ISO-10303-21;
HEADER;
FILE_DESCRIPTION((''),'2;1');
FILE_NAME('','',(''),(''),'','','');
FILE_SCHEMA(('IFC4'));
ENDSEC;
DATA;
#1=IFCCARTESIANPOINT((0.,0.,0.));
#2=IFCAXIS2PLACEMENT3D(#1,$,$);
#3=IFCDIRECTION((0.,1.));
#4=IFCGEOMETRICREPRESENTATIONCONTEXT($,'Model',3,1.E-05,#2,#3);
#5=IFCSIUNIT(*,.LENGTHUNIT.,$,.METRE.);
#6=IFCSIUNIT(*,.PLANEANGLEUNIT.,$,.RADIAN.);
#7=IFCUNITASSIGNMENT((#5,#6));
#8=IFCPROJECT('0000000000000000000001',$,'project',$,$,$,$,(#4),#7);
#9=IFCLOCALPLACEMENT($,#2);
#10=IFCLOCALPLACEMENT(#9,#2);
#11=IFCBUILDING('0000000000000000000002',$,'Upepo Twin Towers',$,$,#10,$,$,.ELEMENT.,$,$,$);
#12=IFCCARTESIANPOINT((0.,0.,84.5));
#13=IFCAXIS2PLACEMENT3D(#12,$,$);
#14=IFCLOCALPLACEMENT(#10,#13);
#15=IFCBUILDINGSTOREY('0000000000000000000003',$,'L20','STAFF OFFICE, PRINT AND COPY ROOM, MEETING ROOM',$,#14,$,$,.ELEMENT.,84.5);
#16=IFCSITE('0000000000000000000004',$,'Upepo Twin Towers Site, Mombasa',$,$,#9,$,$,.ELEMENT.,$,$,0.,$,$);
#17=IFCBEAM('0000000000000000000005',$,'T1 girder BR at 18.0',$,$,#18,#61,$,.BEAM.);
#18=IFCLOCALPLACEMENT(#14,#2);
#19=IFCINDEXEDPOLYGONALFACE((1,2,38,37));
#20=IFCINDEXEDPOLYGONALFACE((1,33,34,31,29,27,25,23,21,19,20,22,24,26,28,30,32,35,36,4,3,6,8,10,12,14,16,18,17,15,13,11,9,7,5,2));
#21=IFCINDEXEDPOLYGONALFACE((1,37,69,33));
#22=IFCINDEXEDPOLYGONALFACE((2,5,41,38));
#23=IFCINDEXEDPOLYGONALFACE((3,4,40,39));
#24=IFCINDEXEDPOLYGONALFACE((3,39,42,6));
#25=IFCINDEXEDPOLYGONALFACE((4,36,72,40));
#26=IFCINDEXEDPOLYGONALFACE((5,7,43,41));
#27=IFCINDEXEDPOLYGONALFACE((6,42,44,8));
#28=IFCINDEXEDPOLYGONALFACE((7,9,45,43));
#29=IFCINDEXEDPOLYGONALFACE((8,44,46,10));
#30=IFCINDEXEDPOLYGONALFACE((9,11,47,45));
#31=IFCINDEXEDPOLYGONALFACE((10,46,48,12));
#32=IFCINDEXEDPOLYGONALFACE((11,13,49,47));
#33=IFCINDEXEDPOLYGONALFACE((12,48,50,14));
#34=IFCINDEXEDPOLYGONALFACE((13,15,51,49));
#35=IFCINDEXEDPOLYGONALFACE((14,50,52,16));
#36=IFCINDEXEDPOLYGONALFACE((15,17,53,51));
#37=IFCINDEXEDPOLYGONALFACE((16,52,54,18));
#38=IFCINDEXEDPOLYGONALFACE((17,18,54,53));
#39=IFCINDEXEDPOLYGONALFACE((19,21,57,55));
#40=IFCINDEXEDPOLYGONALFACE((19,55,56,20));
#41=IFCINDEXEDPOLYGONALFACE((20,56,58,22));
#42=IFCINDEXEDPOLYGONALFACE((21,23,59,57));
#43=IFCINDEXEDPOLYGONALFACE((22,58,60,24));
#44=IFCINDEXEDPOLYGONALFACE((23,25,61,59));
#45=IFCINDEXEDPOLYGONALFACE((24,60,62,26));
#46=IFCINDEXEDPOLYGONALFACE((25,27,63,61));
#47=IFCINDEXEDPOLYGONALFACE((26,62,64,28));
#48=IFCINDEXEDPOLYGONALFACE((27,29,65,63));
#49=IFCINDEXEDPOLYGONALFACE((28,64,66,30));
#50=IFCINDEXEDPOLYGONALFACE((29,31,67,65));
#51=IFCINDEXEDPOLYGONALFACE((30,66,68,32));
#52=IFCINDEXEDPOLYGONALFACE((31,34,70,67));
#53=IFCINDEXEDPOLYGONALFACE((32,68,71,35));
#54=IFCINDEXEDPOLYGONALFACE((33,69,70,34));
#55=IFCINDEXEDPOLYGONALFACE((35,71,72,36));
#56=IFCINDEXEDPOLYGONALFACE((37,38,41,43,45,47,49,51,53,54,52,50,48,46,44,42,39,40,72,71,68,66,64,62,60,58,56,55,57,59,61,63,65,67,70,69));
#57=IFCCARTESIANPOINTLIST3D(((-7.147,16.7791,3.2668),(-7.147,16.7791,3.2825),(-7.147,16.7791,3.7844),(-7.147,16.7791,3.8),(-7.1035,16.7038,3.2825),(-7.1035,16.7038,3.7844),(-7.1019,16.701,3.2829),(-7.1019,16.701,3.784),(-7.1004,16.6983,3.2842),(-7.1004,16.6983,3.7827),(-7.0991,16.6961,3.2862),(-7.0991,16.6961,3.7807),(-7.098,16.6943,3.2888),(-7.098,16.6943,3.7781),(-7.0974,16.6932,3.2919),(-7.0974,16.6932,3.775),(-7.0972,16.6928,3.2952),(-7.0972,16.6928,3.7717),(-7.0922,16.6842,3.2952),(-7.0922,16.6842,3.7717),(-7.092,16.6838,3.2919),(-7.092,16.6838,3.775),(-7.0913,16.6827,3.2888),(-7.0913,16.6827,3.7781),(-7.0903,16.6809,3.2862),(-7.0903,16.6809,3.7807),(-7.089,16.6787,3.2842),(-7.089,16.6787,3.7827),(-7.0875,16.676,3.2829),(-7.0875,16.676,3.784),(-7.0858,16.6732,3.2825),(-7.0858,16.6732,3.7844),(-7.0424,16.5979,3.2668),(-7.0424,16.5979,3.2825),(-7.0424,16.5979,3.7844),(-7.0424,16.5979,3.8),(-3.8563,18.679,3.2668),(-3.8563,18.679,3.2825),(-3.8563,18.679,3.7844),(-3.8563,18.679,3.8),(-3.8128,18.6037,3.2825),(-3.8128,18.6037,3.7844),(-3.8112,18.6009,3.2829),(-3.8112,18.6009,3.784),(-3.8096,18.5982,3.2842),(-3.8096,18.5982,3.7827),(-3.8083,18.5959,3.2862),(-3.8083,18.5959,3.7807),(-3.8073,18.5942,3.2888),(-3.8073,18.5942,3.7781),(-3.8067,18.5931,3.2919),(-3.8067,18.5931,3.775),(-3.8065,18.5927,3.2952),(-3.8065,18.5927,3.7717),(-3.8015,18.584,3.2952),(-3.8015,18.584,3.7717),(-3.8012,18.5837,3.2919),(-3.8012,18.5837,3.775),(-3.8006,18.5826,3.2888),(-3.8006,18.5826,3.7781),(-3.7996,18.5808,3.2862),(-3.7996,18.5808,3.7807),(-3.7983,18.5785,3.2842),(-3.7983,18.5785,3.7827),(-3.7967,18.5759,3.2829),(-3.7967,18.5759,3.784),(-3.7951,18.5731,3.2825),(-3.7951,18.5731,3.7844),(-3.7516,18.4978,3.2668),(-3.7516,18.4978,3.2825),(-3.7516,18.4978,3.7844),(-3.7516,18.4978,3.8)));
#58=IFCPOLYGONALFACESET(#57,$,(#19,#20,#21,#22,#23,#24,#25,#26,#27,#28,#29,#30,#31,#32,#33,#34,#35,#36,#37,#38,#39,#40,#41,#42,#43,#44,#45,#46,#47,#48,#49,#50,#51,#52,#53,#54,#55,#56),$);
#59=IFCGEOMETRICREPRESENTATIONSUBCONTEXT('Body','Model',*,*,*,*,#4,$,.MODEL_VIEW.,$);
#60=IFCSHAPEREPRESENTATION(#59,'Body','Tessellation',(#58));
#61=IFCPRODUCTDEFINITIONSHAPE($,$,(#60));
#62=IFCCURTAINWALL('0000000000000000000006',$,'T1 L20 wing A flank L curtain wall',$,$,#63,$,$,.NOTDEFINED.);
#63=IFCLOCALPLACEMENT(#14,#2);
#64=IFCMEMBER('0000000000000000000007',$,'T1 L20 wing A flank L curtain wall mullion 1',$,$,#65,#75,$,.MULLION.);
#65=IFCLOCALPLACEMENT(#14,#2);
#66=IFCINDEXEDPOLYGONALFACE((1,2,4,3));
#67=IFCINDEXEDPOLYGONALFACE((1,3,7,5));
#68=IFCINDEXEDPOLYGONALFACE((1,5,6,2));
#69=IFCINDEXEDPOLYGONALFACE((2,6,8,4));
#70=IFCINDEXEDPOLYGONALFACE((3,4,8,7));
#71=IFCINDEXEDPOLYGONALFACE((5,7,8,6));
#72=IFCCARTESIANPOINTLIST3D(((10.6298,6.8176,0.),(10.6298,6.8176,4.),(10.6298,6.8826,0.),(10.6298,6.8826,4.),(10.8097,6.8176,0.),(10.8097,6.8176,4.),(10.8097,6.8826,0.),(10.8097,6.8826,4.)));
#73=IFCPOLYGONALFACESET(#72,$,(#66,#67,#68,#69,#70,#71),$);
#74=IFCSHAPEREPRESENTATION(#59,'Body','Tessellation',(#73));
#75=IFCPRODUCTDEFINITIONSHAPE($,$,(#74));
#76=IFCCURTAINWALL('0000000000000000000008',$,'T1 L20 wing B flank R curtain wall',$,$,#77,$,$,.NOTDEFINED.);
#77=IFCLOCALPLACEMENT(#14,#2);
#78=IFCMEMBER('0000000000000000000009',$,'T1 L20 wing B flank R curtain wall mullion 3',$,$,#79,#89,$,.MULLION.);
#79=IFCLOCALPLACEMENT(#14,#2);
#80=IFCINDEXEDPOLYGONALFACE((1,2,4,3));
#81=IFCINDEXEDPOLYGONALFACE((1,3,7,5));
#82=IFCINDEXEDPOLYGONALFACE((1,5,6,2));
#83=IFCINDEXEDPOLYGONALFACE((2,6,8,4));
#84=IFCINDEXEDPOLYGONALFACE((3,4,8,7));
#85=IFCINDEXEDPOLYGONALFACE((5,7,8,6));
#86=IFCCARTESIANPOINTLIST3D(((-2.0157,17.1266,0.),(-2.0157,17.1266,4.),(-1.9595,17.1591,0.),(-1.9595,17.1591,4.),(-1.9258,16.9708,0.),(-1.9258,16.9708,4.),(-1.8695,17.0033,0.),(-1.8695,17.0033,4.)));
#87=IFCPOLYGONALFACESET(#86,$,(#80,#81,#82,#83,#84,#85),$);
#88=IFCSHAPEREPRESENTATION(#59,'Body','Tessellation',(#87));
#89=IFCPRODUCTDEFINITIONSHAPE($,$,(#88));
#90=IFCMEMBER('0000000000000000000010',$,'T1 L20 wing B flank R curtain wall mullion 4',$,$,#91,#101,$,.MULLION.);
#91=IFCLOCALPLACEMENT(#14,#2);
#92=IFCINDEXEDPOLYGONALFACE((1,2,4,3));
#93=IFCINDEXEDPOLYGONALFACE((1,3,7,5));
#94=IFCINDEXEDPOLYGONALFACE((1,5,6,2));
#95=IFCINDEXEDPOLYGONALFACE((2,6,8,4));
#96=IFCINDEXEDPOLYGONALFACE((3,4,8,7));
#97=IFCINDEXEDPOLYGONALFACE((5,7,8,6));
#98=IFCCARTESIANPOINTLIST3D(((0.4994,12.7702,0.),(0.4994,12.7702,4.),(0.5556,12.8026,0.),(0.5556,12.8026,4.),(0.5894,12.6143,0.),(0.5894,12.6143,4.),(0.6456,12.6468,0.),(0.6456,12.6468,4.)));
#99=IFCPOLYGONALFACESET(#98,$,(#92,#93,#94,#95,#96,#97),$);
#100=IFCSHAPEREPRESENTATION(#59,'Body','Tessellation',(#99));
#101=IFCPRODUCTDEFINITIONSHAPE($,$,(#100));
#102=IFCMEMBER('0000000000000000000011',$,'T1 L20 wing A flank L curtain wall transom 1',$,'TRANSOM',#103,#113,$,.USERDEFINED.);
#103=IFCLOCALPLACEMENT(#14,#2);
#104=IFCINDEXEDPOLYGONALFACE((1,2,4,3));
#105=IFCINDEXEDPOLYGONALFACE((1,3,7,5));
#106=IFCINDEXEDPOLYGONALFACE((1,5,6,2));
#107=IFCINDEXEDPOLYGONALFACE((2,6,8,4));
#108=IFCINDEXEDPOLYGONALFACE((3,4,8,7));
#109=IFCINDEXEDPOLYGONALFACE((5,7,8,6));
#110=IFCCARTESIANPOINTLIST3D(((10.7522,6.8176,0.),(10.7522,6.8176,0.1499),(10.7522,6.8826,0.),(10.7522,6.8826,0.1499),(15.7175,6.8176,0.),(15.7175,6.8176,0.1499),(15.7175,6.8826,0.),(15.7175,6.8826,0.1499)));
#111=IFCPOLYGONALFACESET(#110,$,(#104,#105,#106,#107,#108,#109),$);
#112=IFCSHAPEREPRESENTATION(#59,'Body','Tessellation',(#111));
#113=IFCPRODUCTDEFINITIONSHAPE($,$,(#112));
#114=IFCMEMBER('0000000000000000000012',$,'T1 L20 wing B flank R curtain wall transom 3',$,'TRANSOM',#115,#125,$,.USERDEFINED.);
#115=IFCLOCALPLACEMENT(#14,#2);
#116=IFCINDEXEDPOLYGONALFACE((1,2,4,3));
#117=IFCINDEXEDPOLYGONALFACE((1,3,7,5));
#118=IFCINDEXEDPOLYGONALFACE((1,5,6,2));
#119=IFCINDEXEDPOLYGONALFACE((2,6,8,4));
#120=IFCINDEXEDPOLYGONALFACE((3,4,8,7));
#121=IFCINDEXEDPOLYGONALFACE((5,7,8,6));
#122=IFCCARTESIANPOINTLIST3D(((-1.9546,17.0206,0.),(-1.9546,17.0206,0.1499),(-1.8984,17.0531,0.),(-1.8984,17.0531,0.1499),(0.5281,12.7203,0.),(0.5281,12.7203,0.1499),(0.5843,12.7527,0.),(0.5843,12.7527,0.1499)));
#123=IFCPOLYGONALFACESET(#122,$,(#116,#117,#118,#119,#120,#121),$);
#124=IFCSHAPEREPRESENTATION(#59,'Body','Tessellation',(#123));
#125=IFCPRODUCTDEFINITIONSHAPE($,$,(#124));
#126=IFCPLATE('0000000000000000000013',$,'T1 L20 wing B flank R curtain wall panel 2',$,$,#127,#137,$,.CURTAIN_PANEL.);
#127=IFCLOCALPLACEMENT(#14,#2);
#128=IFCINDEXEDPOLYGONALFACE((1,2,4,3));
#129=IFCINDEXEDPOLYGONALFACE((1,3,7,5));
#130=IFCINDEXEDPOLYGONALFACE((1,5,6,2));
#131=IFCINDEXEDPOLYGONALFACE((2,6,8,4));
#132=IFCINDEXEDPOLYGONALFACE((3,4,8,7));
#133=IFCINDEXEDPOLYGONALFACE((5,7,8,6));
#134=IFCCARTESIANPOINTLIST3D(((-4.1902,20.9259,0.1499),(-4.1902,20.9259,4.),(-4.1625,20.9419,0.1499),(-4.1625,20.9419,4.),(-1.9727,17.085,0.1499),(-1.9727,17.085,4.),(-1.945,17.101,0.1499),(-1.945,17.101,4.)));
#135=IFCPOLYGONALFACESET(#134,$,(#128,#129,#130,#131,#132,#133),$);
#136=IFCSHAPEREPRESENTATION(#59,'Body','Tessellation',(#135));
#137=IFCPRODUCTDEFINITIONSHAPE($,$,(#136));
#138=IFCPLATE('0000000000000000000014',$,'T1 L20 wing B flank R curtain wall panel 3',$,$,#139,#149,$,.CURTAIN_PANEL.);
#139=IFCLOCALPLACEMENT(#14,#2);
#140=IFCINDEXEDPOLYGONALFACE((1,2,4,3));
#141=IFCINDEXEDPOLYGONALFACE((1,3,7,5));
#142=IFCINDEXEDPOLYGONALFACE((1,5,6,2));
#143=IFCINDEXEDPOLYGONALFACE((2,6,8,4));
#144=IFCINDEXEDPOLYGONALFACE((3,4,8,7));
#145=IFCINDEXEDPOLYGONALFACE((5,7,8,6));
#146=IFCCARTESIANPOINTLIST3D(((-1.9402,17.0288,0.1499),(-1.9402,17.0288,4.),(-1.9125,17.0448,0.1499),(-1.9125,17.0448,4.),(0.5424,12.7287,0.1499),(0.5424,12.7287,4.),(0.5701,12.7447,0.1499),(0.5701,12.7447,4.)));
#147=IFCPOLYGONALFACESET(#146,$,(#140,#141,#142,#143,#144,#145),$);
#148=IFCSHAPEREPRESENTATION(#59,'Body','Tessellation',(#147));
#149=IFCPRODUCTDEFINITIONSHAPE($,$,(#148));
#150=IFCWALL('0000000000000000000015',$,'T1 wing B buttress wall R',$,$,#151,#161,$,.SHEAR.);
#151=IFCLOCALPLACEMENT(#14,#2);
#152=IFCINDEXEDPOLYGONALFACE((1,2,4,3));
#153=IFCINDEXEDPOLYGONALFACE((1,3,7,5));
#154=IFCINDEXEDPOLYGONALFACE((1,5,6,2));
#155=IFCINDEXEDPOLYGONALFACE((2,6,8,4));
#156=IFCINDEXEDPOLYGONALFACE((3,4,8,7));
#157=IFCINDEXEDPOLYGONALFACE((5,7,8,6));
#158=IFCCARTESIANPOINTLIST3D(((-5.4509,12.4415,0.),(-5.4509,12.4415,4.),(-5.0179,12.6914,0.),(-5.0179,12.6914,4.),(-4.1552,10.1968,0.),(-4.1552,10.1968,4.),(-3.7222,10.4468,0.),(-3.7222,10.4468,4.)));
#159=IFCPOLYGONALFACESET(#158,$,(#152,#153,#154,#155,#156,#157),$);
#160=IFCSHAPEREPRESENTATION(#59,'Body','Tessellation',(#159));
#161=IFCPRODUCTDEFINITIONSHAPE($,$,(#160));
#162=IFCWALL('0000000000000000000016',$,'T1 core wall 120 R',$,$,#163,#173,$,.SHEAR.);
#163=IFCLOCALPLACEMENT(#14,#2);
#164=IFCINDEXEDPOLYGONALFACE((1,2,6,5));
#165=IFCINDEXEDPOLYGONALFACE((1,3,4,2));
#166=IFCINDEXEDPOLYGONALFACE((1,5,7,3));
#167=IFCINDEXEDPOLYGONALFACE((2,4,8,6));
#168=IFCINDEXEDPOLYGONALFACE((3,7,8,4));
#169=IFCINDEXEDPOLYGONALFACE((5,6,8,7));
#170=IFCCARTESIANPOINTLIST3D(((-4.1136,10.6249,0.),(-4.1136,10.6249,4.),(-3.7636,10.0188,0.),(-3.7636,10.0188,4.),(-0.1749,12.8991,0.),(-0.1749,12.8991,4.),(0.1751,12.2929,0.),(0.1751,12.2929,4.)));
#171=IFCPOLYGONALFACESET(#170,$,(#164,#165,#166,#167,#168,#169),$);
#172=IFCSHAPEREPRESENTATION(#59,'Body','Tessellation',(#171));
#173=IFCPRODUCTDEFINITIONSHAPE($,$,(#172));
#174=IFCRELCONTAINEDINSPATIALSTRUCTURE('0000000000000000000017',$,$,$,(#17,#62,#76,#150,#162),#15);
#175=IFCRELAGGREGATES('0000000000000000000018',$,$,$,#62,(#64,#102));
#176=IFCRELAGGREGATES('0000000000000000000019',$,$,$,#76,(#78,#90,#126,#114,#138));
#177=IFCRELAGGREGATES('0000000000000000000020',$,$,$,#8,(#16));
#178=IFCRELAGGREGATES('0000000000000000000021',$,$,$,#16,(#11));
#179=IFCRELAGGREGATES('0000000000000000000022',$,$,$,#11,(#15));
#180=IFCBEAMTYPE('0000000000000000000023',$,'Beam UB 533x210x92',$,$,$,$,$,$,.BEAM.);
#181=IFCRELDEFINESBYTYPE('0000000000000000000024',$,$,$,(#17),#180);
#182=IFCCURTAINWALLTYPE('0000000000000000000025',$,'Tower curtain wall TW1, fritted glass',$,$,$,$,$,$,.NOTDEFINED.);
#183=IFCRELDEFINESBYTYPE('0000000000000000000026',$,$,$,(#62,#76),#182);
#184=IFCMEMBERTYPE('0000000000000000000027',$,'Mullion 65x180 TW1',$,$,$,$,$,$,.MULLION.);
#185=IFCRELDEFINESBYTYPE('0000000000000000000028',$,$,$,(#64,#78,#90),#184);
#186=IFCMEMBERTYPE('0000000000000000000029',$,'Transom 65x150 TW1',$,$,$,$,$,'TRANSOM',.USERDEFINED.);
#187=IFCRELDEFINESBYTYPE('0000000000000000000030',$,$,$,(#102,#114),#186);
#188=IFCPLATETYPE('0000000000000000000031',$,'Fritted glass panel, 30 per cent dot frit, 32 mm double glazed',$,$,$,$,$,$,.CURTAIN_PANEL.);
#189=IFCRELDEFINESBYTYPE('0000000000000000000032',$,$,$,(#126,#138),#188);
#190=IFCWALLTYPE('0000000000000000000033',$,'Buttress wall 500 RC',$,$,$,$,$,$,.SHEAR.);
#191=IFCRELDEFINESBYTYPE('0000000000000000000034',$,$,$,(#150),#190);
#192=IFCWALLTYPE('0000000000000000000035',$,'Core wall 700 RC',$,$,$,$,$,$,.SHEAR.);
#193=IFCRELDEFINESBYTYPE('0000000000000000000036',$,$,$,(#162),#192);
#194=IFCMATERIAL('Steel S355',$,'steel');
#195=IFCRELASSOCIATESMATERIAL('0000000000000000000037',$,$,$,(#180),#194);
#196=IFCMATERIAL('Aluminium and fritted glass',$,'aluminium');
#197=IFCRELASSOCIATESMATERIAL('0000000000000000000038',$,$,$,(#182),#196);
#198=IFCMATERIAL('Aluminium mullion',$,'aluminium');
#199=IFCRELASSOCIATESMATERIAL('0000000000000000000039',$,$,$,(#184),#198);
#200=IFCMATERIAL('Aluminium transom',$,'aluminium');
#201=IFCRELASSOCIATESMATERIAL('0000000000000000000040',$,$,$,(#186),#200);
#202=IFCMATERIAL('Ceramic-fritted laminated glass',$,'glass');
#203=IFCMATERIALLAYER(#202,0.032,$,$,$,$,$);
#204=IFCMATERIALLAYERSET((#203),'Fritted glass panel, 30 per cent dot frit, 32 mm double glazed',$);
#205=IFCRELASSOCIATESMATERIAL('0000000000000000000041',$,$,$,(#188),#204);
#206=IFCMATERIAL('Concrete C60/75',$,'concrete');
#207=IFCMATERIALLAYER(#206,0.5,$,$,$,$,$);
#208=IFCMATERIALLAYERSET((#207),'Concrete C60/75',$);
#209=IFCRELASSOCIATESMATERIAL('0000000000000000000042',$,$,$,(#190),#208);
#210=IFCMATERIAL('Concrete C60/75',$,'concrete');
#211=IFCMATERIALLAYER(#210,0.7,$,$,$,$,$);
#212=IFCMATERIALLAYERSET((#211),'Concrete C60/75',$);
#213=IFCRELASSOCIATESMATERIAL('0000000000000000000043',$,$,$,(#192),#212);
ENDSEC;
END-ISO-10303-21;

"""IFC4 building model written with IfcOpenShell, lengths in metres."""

from ifc_helpers import new_model, si_unit, direction, frame, frame_2d, origin, origin_2d, place, context, subcontext, project, spatial, rectangle, i_section, extrude, material, layer, layer_set, material_profile, profile_set, type_object, element, aggregate, save


model = new_model("IFC4")

# Units and contexts
model_context = context("Model", 3, precision=1e-05, world=origin(), true_north=direction((0.0, 1.0)))
body_context = subcontext(model_context, "Body", "Model", "MODEL_VIEW")
ifc_project = project(units=[si_unit("LENGTHUNIT", "METRE"), si_unit("PLANEANGLEUNIT", "RADIAN")], contexts=[model_context])

# Site, building, storey
site_placement = place(None, origin())
site = spatial("IfcSite", under=ifc_project, at=site_placement, Name="Upepo Twin Towers Site, Mombasa", CompositionType="ELEMENT", RefElevation=0.0)
building_placement = place(site_placement, origin())
building = spatial("IfcBuilding", under=site, at=building_placement, Name="Upepo Twin Towers", CompositionType="ELEMENT")
storey_placement = place(building_placement, frame((0.0, 0.0, 84.5)))
storey = spatial("IfcBuildingStorey", under=building, at=storey_placement, Name="L20", Description="STAFF OFFICE, PRINT AND COPY ROOM, MEETING ROOM", CompositionType="ELEMENT", Elevation=84.5)

# Beam
ifc_material_1 = material(Name="Steel S355", Category="steel")
ifc_material_profile_1 = material_profile(ifc_material_1, i_section(OverallWidth=0.2092, OverallDepth=0.5332, WebThickness=0.01, FlangeThickness=0.0156, FilletRadius=0.0127, at=origin_2d()), Name="UB 533x210x92")
ifc_profile_set_1 = profile_set([ifc_material_profile_1], Name="Steel S355")
beam_type_1 = type_object("IfcBeamType", Name="Beam UB 533x210x92", PredefinedType="BEAM", material=ifc_profile_set_1)
beam_1_placement = place(storey_placement, frame((-3.804, 18.5884, 3.5334), z_axis=(-0.866028, -0.499995, 0.0), x_axis=(0.499995, -0.866028, 0.0)))
element("IfcBeam", 1, at=beam_1_placement, inside=storey, type_object=beam_type_1, Name="T1 girder BR at 18.0", PredefinedType="BEAM", context=body_context, shape_type="SweptSolid", body=[
    extrude(i_section(OverallWidth=0.2092, OverallDepth=0.5332, WebThickness=0.01, FlangeThickness=0.0156, FilletRadius=0.0127, at=origin_2d()), origin(), (0.0, 0.0, 1.0), 3.7998),
])

# Curtain wall, member
ifc_material_2 = material(Name="Aluminium and fritted glass", Category="aluminium")
curtain_wall_type = type_object("IfcCurtainWallType", Name="Tower curtain wall TW1, fritted glass", PredefinedType="NOTDEFINED", material=ifc_material_2)
curtain_wall_1_placement = place(storey_placement, origin())
curtain_wall_1 = element("IfcCurtainWall", 2, at=curtain_wall_1_placement, inside=storey, type_object=curtain_wall_type, Name="T1 L20 wing A flank L curtain wall", PredefinedType="NOTDEFINED")
ifc_material_3 = material(Name="Aluminium mullion", Category="aluminium")
ifc_material_profile_2 = material_profile(ifc_material_3, rectangle(XDim=0.0649, YDim=0.1799, at=origin_2d()), Name="MULLION 65x180")
ifc_profile_set_2 = profile_set([ifc_material_profile_2], Name="Aluminium mullion")
member_type_1 = type_object("IfcMemberType", Name="Mullion 65x180 TW1", PredefinedType="MULLION", material=ifc_profile_set_2)
member_1_placement = place(storey_placement, frame((10.7197, 6.8501, 0.0), z_axis=(0.0, 0.0, 1.0), x_axis=(0.0, 1.0, 0.0)))
member_1 = element("IfcMember", 3, at=member_1_placement, type_object=member_type_1, Name="T1 L20 wing A flank L curtain wall mullion 1", PredefinedType="MULLION", context=body_context, shape_type="SweptSolid", body=[
    extrude(rectangle(XDim=0.0649, YDim=0.1799, at=origin_2d()), origin(), (0.0, 0.0, 1.0), 4.0),
])

# Curtain wall, members
curtain_wall_2_placement = place(storey_placement, origin())
curtain_wall_2 = element("IfcCurtainWall", 4, at=curtain_wall_2_placement, inside=storey, type_object=curtain_wall_type, Name="T1 L20 wing B flank R curtain wall", PredefinedType="NOTDEFINED")
member_2_placement = place(storey_placement, frame((-1.9426, 17.0649, 0.0), z_axis=(0.0, 0.0, 1.0), x_axis=(0.866025, 0.5, 0.0)))
member_2 = element("IfcMember", 5, at=member_2_placement, type_object=member_type_1, Name="T1 L20 wing B flank R curtain wall mullion 3", PredefinedType="MULLION", context=body_context, shape_type="SweptSolid", body=[
    extrude(rectangle(XDim=0.0649, YDim=0.1799, at=origin_2d()), origin(), (0.0, 0.0, 1.0), 4.0),
])
member_3_placement = place(storey_placement, frame((0.5725, 12.7085, 0.0), z_axis=(0.0, 0.0, 1.0), x_axis=(0.866025, 0.5, 0.0)))
member_3 = element("IfcMember", 6, at=member_3_placement, type_object=member_type_1, Name="T1 L20 wing B flank R curtain wall mullion 4", PredefinedType="MULLION", context=body_context, shape_type="SweptSolid", body=[
    extrude(rectangle(XDim=0.0649, YDim=0.1799, at=origin_2d()), origin(), (0.0, 0.0, 1.0), 4.0),
])

# Members
ifc_material_4 = material(Name="Aluminium transom", Category="aluminium")
ifc_material_profile_3 = material_profile(ifc_material_4, rectangle(XDim=0.0649, YDim=0.1499, at=origin_2d()), Name="TRANSOM 65x150")
ifc_profile_set_3 = profile_set([ifc_material_profile_3], Name="Aluminium transom")
member_type_2 = type_object("IfcMemberType", Name="Transom 65x150 TW1", ElementType="TRANSOM", PredefinedType="USERDEFINED", material=ifc_profile_set_3)
member_4_placement = place(storey_placement, frame((10.7522, 6.8501, 0.075), z_axis=(1.0, 0.0, 0.0), x_axis=(0.0, 1.0, 0.0)))
member_4 = element("IfcMember", 7, at=member_4_placement, type_object=member_type_2, Name="T1 L20 wing A flank L curtain wall transom 1", ObjectType="TRANSOM", PredefinedType="USERDEFINED", context=body_context, shape_type="SweptSolid", body=[
    extrude(rectangle(XDim=0.0649, YDim=0.1499, at=origin_2d()), origin(), (0.0, 0.0, 1.0), 4.9653),
])
aggregate(curtain_wall_1, [member_1, member_4])
member_5_placement = place(storey_placement, frame((-1.9265, 17.0369, 0.075), z_axis=(0.499983, -0.866035, 0.0), x_axis=(0.866035, 0.499983, 0.0)))
member_5 = element("IfcMember", 8, at=member_5_placement, type_object=member_type_2, Name="T1 L20 wing B flank R curtain wall transom 3", ObjectType="TRANSOM", PredefinedType="USERDEFINED", context=body_context, shape_type="SweptSolid", body=[
    extrude(rectangle(XDim=0.0649, YDim=0.1499, at=origin_2d()), origin(), (0.0, 0.0, 1.0), 4.9656),
])

# Plates
ifc_material_5 = material(Name="Ceramic-fritted laminated glass", Category="glass")
ifc_layer_1 = layer(ifc_material_5, 0.032)
ifc_layer_set_1 = layer_set([ifc_layer_1], Name="Fritted glass panel, 30 per cent dot frit, 32 mm double glazed")
plate_type = type_object("IfcPlateType", Name="Fritted glass panel, 30 per cent dot frit, 32 mm double glazed", PredefinedType="CURTAIN_PANEL", material=ifc_layer_set_1)
plate_1_placement = place(storey_placement, frame((-3.0676, 19.0134, 0.1499), z_axis=(0.0, 0.0, 1.0), x_axis=(0.5, -0.866025, 0.0)))
plate_1 = element("IfcPlate", 9, at=plate_1_placement, type_object=plate_type, Name="T1 L20 wing B flank R curtain wall panel 2", PredefinedType="CURTAIN_PANEL", context=body_context, shape_type="SweptSolid", body=[
    extrude(rectangle(XDim=4.4351, YDim=0.032, at=origin_2d()), origin(), (0.0, 0.0, 1.0), 3.8501),
])
plate_2_placement = place(storey_placement, frame((-0.6851, 14.8867, 0.1499), z_axis=(0.0, 0.0, 1.0), x_axis=(0.5, -0.866025, 0.0)))
plate_2 = element("IfcPlate", 10, at=plate_2_placement, type_object=plate_type, Name="T1 L20 wing B flank R curtain wall panel 3", PredefinedType="CURTAIN_PANEL", context=body_context, shape_type="SweptSolid", body=[
    extrude(rectangle(XDim=4.9653, YDim=0.032, at=origin_2d()), origin(), (0.0, 0.0, 1.0), 3.8501),
])
aggregate(curtain_wall_2, [member_2, member_3, plate_1, member_5, plate_2])

# Walls
ifc_material_6 = material(Name="Concrete C60/75", Category="concrete")
ifc_layer_2 = layer(ifc_material_6, 0.5)
ifc_layer_set_2 = layer_set([ifc_layer_2], Name="Concrete C60/75")
wall_type_1 = type_object("IfcWallType", Name="Buttress wall 500 RC", PredefinedType="SHEAR", material=ifc_layer_set_2)
wall_1_placement = place(storey_placement, frame((-3.9387, 10.3218, 0.0), z_axis=(0.0, 0.0, 1.0), x_axis=(-0.499918, 0.866073, 0.0)))
element("IfcWall", 11, at=wall_1_placement, inside=storey, type_object=wall_type_1, Name="T1 wing B buttress wall R", PredefinedType="SHEAR", context=body_context, shape_type="SweptSolid", body=[
    extrude(rectangle(XDim=2.5918, YDim=0.5, at=frame_2d((1.2959, 0.0))), origin(), (0.0, 0.0, 1.0), 4.0),
])
ifc_material_7 = material(Name="Concrete C60/75", Category="concrete")
ifc_layer_3 = layer(ifc_material_7, 0.7)
ifc_layer_set_3 = layer_set([ifc_layer_3], Name="Concrete C60/75")
wall_type_2 = type_object("IfcWallType", Name="Core wall 700 RC", PredefinedType="SHEAR", material=ifc_layer_set_3)
wall_2_placement = place(storey_placement, frame((0.0, 12.5959, 0.0), z_axis=(0.0, 0.0, 1.0), x_axis=(-0.866011, -0.500024, 0.0)))
element("IfcWall", 12, at=wall_2_placement, inside=storey, type_object=wall_type_2, Name="T1 core wall 120 R", PredefinedType="SHEAR", context=body_context, shape_type="SweptSolid", body=[
    extrude(rectangle(XDim=4.5481, YDim=0.7, at=frame_2d((2.2739, 0.0))), origin(), (0.0, 0.0, 1.0), 4.0),
])

save(model, "model.ifc")
